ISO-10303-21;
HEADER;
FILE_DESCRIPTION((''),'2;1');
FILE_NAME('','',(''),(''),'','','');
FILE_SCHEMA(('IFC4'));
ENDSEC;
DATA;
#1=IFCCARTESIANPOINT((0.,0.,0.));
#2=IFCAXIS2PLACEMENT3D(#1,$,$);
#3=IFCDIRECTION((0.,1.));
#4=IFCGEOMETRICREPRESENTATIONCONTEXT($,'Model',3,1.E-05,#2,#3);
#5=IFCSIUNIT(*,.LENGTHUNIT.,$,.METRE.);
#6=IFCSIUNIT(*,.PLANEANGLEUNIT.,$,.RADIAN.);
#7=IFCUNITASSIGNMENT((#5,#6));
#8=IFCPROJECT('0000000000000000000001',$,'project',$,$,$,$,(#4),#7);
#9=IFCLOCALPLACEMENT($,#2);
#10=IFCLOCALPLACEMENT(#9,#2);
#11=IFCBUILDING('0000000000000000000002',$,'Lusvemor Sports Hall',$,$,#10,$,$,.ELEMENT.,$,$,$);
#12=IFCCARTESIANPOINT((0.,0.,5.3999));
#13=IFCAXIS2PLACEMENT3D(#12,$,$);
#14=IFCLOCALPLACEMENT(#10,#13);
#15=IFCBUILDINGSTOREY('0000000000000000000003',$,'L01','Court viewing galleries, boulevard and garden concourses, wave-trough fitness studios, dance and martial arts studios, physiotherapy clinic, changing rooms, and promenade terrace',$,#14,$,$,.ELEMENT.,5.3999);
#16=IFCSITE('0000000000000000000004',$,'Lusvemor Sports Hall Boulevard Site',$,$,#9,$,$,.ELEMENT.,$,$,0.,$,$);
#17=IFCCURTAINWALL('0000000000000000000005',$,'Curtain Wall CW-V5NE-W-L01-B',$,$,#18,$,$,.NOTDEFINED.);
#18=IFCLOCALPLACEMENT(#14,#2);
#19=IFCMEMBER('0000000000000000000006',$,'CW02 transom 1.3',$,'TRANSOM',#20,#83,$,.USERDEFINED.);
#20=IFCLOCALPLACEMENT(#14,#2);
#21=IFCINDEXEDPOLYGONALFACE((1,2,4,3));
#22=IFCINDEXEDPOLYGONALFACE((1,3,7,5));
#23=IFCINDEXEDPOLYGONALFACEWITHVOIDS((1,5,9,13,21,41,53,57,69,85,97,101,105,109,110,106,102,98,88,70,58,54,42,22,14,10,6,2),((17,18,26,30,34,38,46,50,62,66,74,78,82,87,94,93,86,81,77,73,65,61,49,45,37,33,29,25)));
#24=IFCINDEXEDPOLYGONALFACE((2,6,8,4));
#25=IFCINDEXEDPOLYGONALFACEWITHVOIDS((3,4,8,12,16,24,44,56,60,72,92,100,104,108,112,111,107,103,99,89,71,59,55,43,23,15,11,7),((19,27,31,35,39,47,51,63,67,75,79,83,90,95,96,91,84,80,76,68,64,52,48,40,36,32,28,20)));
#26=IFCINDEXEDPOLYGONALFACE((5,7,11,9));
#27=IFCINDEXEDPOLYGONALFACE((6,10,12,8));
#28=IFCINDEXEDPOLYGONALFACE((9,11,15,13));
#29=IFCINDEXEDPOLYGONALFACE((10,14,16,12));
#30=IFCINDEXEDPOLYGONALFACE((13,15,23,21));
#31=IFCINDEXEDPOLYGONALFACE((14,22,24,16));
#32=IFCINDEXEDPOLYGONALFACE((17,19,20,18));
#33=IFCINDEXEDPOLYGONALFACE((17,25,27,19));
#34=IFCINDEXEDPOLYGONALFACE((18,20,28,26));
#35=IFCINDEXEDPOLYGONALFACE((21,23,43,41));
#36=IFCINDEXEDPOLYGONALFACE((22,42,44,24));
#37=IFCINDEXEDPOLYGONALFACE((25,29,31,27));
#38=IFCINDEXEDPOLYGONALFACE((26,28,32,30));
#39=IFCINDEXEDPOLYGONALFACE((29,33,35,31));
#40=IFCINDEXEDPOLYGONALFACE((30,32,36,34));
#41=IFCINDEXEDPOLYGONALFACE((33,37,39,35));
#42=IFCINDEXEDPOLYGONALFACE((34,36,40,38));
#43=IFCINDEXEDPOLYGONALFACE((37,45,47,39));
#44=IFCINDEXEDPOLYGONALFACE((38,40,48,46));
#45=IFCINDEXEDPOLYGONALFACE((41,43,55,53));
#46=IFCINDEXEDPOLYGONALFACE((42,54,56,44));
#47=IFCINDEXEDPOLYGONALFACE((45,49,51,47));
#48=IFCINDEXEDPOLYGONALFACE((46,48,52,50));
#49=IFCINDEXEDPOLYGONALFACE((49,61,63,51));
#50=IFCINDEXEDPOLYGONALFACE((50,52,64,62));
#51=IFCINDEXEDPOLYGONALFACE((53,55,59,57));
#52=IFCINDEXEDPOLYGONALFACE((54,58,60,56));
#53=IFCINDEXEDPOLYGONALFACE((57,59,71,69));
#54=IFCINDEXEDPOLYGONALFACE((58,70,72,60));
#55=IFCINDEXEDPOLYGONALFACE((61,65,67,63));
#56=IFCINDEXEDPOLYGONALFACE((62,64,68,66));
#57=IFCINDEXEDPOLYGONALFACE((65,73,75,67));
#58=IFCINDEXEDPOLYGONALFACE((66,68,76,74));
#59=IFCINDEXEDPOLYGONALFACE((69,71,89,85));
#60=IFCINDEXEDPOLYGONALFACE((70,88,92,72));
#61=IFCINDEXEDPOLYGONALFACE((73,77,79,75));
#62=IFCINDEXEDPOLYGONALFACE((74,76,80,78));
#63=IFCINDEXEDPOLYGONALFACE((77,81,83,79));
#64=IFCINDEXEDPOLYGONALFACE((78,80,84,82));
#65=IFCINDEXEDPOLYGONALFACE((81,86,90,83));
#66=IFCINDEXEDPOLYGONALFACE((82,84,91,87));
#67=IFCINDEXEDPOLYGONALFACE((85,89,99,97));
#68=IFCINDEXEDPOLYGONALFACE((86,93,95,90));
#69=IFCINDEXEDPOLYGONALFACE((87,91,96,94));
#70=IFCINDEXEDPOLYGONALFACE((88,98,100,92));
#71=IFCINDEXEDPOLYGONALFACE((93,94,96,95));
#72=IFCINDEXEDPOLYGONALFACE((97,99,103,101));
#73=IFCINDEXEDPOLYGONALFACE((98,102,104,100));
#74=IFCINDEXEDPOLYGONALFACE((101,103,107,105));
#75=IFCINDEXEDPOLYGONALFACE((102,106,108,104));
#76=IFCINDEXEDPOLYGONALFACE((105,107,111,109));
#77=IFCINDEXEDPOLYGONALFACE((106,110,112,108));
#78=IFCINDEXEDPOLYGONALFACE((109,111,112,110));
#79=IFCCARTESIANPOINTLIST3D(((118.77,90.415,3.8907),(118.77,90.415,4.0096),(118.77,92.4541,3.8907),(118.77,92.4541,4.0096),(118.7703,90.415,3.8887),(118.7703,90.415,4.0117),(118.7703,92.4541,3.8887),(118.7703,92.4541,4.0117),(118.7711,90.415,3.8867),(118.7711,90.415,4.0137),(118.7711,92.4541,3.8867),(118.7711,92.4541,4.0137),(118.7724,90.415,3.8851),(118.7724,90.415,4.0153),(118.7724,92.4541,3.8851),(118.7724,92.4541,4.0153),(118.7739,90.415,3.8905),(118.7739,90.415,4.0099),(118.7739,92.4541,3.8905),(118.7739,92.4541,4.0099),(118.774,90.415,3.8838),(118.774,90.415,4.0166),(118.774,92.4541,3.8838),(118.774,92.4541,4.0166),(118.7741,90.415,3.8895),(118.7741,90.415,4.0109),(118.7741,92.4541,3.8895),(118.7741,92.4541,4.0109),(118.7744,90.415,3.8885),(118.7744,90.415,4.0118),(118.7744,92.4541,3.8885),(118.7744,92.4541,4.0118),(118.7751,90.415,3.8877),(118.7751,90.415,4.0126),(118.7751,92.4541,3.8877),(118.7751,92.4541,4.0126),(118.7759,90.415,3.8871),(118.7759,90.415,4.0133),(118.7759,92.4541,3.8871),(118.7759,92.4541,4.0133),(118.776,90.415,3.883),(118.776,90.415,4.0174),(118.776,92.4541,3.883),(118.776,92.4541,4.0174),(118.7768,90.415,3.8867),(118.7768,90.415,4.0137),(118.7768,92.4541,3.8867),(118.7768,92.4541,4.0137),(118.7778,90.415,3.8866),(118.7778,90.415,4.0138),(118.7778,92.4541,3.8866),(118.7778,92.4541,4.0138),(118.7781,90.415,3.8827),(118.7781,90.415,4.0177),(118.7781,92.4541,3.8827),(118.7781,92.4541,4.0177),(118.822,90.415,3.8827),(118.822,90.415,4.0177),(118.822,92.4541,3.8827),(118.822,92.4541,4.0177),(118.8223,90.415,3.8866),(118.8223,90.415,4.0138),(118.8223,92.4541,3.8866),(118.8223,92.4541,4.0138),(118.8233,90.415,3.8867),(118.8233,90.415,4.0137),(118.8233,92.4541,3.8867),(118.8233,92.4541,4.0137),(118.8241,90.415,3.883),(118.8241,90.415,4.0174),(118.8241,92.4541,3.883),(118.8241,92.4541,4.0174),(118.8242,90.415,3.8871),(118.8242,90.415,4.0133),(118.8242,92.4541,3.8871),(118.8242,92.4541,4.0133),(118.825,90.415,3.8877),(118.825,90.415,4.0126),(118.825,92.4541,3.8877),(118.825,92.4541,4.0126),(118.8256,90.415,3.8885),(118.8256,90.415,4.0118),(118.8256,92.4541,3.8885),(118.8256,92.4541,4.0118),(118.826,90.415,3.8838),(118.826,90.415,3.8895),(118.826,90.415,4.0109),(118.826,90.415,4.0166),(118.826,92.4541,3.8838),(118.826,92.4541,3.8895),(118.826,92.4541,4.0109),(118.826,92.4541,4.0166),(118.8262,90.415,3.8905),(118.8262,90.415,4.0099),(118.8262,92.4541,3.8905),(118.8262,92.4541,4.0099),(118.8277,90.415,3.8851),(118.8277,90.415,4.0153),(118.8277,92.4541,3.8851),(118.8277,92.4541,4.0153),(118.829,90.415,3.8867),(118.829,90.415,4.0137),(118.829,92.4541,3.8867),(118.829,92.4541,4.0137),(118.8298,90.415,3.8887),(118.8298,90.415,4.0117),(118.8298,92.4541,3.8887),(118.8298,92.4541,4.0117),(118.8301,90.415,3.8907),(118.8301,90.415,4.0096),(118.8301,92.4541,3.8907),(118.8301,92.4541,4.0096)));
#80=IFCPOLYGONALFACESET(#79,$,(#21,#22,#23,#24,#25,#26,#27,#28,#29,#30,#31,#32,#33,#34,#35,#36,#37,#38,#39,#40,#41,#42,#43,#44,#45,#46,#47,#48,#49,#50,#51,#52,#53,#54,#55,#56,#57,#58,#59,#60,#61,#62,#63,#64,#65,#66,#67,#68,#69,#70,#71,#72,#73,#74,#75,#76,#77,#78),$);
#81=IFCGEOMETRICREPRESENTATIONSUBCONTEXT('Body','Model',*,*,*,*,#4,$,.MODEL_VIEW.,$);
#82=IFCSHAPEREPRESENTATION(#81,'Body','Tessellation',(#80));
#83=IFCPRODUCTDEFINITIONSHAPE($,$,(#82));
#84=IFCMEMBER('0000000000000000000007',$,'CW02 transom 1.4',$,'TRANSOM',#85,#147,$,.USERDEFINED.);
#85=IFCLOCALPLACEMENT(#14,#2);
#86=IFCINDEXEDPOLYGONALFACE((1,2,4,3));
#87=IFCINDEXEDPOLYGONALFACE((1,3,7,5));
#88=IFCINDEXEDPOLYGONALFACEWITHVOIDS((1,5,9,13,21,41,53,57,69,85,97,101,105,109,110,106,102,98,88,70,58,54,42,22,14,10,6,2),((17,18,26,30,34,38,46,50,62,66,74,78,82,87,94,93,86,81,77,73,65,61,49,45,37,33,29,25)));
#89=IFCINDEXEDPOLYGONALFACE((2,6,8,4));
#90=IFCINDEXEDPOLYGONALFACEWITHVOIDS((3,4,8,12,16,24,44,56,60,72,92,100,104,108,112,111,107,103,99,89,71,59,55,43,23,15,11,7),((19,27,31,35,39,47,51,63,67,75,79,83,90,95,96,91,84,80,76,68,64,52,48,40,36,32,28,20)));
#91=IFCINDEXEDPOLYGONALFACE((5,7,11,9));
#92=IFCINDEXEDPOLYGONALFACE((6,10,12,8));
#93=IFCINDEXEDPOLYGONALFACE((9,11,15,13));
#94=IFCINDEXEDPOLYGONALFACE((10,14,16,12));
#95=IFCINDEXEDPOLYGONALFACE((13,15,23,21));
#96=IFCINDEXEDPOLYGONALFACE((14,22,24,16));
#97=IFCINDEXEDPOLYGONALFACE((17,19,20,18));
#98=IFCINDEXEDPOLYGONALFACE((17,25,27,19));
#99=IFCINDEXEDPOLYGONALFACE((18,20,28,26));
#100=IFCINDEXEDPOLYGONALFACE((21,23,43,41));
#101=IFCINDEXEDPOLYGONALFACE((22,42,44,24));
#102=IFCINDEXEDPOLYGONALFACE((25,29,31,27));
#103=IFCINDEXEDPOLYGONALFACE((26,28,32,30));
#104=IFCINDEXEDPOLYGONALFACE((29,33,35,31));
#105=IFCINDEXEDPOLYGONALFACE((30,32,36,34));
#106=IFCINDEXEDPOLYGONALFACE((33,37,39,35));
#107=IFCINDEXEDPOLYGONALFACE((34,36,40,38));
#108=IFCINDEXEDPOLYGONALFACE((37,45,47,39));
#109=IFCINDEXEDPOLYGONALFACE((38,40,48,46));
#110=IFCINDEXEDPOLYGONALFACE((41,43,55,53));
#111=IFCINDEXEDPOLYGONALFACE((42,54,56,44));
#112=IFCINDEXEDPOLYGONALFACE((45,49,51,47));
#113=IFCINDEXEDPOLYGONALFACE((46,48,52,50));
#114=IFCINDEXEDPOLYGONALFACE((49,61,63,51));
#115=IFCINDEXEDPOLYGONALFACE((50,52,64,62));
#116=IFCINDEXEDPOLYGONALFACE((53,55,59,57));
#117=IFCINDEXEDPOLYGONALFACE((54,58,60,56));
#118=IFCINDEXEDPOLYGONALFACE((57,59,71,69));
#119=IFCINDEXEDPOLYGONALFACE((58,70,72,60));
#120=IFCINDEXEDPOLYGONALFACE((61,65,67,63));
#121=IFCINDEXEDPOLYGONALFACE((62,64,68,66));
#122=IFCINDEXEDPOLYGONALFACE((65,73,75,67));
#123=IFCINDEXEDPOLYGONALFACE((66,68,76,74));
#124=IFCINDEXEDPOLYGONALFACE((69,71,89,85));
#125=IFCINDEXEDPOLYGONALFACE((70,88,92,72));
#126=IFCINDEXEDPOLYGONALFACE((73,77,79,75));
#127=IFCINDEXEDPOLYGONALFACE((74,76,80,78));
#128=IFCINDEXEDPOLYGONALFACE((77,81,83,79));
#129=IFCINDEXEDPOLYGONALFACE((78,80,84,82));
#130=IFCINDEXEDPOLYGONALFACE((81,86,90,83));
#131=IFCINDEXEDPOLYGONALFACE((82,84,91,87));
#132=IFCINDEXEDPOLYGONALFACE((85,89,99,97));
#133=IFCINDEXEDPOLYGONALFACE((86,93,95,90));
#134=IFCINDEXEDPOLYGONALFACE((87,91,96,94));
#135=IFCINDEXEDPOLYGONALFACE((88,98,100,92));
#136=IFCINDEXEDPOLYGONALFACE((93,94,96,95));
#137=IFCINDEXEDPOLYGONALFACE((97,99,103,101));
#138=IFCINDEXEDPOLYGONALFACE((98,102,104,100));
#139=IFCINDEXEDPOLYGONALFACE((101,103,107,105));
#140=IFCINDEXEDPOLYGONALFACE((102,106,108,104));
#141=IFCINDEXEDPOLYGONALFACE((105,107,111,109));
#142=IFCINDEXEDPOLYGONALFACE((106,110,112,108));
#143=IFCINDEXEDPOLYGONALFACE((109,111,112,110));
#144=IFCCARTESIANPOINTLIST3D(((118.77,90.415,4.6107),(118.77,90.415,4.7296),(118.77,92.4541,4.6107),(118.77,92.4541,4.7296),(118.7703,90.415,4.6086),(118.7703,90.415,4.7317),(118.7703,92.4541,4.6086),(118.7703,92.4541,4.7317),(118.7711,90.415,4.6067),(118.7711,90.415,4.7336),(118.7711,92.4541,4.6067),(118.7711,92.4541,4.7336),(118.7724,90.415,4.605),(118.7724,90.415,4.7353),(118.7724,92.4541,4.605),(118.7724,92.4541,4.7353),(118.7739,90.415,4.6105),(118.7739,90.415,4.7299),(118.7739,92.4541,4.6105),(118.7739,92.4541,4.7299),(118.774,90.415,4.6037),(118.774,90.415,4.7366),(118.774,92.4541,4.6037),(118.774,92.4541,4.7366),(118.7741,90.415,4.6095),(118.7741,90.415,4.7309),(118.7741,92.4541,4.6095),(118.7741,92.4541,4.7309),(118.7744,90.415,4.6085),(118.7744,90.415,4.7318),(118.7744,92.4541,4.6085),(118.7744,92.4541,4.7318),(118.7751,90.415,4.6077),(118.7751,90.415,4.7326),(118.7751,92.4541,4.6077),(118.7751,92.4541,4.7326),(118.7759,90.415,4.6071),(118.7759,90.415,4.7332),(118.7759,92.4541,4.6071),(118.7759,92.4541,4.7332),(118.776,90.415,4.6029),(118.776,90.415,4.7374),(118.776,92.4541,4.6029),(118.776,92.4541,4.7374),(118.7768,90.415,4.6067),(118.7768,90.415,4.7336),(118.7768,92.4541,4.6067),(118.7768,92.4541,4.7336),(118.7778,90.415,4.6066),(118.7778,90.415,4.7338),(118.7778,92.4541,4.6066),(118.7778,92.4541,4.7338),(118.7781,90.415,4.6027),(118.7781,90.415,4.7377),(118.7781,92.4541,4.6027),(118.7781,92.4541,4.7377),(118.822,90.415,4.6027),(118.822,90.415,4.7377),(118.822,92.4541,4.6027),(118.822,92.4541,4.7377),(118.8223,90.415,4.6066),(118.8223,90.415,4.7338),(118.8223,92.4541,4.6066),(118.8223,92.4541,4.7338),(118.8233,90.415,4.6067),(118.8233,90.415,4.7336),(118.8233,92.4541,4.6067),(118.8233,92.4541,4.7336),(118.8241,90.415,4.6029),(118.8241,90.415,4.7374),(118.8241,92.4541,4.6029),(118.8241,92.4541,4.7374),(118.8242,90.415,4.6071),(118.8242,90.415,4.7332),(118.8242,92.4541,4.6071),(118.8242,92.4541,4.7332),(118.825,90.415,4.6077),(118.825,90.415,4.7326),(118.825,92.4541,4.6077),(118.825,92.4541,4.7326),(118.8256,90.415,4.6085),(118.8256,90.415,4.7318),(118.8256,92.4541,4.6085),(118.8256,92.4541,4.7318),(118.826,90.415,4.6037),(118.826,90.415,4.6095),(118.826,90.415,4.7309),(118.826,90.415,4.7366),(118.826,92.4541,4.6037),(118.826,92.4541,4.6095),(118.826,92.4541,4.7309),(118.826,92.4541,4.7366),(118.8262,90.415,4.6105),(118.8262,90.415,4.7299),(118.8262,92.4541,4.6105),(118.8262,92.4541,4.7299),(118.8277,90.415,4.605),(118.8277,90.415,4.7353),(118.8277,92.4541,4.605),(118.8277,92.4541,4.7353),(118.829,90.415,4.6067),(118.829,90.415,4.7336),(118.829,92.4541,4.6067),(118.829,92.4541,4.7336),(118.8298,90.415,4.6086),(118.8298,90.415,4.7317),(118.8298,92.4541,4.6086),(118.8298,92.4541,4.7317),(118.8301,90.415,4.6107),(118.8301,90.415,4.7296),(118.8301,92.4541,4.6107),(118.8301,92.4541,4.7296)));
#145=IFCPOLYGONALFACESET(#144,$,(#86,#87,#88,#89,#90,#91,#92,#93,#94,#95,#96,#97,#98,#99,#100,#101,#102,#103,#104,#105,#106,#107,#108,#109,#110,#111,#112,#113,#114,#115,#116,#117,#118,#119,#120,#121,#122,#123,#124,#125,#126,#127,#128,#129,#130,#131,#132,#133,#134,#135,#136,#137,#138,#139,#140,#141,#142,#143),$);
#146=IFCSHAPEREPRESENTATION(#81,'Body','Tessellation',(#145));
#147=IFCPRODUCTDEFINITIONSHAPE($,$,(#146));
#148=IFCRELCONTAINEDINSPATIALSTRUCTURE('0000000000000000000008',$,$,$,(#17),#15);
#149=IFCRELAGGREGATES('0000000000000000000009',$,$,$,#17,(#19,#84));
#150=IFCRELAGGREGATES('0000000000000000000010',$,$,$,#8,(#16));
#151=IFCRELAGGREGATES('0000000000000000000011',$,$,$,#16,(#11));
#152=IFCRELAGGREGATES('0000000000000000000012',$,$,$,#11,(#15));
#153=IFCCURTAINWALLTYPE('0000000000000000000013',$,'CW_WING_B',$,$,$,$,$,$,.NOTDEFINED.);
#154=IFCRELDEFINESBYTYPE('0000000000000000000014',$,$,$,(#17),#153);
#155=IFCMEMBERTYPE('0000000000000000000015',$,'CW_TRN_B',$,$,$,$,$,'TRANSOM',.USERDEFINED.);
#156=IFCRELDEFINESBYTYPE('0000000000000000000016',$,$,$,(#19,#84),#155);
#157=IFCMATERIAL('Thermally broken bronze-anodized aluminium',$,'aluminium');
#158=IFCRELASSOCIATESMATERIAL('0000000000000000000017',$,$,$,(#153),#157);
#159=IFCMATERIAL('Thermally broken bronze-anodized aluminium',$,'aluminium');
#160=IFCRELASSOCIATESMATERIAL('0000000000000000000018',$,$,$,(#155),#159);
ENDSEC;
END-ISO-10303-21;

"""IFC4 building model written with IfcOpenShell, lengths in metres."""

from ifc_helpers import new_model, si_unit, direction, frame, origin, origin_2d, place, context, subcontext, project, spatial, hollow_rectangle, extrude, material, material_profile, profile_set, type_object, element, aggregate, save


model = new_model("IFC4")

# Units and contexts
model_context = context("Model", 3, precision=1e-05, world=origin(), true_north=direction((0.0, 1.0)))
body_context = subcontext(model_context, "Body", "Model", "MODEL_VIEW")
ifc_project = project(units=[si_unit("LENGTHUNIT", "METRE"), si_unit("PLANEANGLEUNIT", "RADIAN")], contexts=[model_context])

# Site, building, storey
site_placement = place(None, origin())
site = spatial("IfcSite", under=ifc_project, at=site_placement, Name="Lusvemor Sports Hall Boulevard Site", CompositionType="ELEMENT", RefElevation=0.0)
building_placement = place(site_placement, origin())
building = spatial("IfcBuilding", under=site, at=building_placement, Name="Lusvemor Sports Hall", CompositionType="ELEMENT")
storey_placement = place(building_placement, frame((0.0, 0.0, 5.3999)))
storey = spatial("IfcBuildingStorey", under=building, at=storey_placement, Name="L01", Description="Court viewing galleries, boulevard and garden concourses, wave-trough fitness studios, dance and martial arts studios, physiotherapy clinic, changing rooms, and promenade terrace", CompositionType="ELEMENT", Elevation=5.3999)

# Curtain wall
ifc_material_1 = material(Name="Thermally broken bronze-anodized aluminium", Category="aluminium")
curtain_wall_type = type_object("IfcCurtainWallType", Name="CW_WING_B", PredefinedType="NOTDEFINED", material=ifc_material_1)
curtain_wall_1_placement = place(storey_placement, origin())
curtain_wall_1 = element("IfcCurtainWall", 1, at=curtain_wall_1_placement, inside=storey, type_object=curtain_wall_type, Name="Curtain Wall CW-V5NE-W-L01-B", PredefinedType="NOTDEFINED")

# Members
ifc_material_2 = material(Name="Thermally broken bronze-anodized aluminium", Category="aluminium")
ifc_material_profile_1 = material_profile(ifc_material_2, hollow_rectangle(XDim=0.0601, YDim=0.135, WallThickness=0.0039, InnerFilletRadius=0.0039, OuterFilletRadius=0.0081, at=origin_2d()), Name="CWTRN135x60x4")
ifc_profile_set_1 = profile_set([ifc_material_profile_1], Name="Thermally broken bronze-anodized aluminium")
member_type_1 = type_object("IfcMemberType", Name="CW_TRN_B", ElementType="TRANSOM", PredefinedType="USERDEFINED", material=ifc_profile_set_1)
member_1_placement = place(storey_placement, frame((118.8, 90.415, 3.9502), z_axis=(0.0, 1.0, 0.0), x_axis=(-1.0, 0.0, 0.0)))
member_1 = element("IfcMember", 2, at=member_1_placement, type_object=member_type_1, Name="CW02 transom 1.3", ObjectType="TRANSOM", PredefinedType="USERDEFINED", context=body_context, shape_type="SweptSolid", body=[
    extrude(hollow_rectangle(XDim=0.0601, YDim=0.135, WallThickness=0.0039, InnerFilletRadius=0.0039, OuterFilletRadius=0.0081, at=origin_2d()), origin(), (0.0, 0.0, 1.0), 2.0391),
])
member_2_placement = place(storey_placement, frame((118.8, 90.415, 4.6702), z_axis=(0.0, 1.0, 0.0), x_axis=(-1.0, 0.0, 0.0)))
member_2 = element("IfcMember", 3, at=member_2_placement, type_object=member_type_1, Name="CW02 transom 1.4", ObjectType="TRANSOM", PredefinedType="USERDEFINED", context=body_context, shape_type="SweptSolid", body=[
    extrude(hollow_rectangle(XDim=0.0601, YDim=0.135, WallThickness=0.0039, InnerFilletRadius=0.0039, OuterFilletRadius=0.0081, at=origin_2d()), origin(), (0.0, 0.0, 1.0), 2.0391),
])

aggregate(curtain_wall_1, [member_1, member_2])

save(model, "model.ifc")
